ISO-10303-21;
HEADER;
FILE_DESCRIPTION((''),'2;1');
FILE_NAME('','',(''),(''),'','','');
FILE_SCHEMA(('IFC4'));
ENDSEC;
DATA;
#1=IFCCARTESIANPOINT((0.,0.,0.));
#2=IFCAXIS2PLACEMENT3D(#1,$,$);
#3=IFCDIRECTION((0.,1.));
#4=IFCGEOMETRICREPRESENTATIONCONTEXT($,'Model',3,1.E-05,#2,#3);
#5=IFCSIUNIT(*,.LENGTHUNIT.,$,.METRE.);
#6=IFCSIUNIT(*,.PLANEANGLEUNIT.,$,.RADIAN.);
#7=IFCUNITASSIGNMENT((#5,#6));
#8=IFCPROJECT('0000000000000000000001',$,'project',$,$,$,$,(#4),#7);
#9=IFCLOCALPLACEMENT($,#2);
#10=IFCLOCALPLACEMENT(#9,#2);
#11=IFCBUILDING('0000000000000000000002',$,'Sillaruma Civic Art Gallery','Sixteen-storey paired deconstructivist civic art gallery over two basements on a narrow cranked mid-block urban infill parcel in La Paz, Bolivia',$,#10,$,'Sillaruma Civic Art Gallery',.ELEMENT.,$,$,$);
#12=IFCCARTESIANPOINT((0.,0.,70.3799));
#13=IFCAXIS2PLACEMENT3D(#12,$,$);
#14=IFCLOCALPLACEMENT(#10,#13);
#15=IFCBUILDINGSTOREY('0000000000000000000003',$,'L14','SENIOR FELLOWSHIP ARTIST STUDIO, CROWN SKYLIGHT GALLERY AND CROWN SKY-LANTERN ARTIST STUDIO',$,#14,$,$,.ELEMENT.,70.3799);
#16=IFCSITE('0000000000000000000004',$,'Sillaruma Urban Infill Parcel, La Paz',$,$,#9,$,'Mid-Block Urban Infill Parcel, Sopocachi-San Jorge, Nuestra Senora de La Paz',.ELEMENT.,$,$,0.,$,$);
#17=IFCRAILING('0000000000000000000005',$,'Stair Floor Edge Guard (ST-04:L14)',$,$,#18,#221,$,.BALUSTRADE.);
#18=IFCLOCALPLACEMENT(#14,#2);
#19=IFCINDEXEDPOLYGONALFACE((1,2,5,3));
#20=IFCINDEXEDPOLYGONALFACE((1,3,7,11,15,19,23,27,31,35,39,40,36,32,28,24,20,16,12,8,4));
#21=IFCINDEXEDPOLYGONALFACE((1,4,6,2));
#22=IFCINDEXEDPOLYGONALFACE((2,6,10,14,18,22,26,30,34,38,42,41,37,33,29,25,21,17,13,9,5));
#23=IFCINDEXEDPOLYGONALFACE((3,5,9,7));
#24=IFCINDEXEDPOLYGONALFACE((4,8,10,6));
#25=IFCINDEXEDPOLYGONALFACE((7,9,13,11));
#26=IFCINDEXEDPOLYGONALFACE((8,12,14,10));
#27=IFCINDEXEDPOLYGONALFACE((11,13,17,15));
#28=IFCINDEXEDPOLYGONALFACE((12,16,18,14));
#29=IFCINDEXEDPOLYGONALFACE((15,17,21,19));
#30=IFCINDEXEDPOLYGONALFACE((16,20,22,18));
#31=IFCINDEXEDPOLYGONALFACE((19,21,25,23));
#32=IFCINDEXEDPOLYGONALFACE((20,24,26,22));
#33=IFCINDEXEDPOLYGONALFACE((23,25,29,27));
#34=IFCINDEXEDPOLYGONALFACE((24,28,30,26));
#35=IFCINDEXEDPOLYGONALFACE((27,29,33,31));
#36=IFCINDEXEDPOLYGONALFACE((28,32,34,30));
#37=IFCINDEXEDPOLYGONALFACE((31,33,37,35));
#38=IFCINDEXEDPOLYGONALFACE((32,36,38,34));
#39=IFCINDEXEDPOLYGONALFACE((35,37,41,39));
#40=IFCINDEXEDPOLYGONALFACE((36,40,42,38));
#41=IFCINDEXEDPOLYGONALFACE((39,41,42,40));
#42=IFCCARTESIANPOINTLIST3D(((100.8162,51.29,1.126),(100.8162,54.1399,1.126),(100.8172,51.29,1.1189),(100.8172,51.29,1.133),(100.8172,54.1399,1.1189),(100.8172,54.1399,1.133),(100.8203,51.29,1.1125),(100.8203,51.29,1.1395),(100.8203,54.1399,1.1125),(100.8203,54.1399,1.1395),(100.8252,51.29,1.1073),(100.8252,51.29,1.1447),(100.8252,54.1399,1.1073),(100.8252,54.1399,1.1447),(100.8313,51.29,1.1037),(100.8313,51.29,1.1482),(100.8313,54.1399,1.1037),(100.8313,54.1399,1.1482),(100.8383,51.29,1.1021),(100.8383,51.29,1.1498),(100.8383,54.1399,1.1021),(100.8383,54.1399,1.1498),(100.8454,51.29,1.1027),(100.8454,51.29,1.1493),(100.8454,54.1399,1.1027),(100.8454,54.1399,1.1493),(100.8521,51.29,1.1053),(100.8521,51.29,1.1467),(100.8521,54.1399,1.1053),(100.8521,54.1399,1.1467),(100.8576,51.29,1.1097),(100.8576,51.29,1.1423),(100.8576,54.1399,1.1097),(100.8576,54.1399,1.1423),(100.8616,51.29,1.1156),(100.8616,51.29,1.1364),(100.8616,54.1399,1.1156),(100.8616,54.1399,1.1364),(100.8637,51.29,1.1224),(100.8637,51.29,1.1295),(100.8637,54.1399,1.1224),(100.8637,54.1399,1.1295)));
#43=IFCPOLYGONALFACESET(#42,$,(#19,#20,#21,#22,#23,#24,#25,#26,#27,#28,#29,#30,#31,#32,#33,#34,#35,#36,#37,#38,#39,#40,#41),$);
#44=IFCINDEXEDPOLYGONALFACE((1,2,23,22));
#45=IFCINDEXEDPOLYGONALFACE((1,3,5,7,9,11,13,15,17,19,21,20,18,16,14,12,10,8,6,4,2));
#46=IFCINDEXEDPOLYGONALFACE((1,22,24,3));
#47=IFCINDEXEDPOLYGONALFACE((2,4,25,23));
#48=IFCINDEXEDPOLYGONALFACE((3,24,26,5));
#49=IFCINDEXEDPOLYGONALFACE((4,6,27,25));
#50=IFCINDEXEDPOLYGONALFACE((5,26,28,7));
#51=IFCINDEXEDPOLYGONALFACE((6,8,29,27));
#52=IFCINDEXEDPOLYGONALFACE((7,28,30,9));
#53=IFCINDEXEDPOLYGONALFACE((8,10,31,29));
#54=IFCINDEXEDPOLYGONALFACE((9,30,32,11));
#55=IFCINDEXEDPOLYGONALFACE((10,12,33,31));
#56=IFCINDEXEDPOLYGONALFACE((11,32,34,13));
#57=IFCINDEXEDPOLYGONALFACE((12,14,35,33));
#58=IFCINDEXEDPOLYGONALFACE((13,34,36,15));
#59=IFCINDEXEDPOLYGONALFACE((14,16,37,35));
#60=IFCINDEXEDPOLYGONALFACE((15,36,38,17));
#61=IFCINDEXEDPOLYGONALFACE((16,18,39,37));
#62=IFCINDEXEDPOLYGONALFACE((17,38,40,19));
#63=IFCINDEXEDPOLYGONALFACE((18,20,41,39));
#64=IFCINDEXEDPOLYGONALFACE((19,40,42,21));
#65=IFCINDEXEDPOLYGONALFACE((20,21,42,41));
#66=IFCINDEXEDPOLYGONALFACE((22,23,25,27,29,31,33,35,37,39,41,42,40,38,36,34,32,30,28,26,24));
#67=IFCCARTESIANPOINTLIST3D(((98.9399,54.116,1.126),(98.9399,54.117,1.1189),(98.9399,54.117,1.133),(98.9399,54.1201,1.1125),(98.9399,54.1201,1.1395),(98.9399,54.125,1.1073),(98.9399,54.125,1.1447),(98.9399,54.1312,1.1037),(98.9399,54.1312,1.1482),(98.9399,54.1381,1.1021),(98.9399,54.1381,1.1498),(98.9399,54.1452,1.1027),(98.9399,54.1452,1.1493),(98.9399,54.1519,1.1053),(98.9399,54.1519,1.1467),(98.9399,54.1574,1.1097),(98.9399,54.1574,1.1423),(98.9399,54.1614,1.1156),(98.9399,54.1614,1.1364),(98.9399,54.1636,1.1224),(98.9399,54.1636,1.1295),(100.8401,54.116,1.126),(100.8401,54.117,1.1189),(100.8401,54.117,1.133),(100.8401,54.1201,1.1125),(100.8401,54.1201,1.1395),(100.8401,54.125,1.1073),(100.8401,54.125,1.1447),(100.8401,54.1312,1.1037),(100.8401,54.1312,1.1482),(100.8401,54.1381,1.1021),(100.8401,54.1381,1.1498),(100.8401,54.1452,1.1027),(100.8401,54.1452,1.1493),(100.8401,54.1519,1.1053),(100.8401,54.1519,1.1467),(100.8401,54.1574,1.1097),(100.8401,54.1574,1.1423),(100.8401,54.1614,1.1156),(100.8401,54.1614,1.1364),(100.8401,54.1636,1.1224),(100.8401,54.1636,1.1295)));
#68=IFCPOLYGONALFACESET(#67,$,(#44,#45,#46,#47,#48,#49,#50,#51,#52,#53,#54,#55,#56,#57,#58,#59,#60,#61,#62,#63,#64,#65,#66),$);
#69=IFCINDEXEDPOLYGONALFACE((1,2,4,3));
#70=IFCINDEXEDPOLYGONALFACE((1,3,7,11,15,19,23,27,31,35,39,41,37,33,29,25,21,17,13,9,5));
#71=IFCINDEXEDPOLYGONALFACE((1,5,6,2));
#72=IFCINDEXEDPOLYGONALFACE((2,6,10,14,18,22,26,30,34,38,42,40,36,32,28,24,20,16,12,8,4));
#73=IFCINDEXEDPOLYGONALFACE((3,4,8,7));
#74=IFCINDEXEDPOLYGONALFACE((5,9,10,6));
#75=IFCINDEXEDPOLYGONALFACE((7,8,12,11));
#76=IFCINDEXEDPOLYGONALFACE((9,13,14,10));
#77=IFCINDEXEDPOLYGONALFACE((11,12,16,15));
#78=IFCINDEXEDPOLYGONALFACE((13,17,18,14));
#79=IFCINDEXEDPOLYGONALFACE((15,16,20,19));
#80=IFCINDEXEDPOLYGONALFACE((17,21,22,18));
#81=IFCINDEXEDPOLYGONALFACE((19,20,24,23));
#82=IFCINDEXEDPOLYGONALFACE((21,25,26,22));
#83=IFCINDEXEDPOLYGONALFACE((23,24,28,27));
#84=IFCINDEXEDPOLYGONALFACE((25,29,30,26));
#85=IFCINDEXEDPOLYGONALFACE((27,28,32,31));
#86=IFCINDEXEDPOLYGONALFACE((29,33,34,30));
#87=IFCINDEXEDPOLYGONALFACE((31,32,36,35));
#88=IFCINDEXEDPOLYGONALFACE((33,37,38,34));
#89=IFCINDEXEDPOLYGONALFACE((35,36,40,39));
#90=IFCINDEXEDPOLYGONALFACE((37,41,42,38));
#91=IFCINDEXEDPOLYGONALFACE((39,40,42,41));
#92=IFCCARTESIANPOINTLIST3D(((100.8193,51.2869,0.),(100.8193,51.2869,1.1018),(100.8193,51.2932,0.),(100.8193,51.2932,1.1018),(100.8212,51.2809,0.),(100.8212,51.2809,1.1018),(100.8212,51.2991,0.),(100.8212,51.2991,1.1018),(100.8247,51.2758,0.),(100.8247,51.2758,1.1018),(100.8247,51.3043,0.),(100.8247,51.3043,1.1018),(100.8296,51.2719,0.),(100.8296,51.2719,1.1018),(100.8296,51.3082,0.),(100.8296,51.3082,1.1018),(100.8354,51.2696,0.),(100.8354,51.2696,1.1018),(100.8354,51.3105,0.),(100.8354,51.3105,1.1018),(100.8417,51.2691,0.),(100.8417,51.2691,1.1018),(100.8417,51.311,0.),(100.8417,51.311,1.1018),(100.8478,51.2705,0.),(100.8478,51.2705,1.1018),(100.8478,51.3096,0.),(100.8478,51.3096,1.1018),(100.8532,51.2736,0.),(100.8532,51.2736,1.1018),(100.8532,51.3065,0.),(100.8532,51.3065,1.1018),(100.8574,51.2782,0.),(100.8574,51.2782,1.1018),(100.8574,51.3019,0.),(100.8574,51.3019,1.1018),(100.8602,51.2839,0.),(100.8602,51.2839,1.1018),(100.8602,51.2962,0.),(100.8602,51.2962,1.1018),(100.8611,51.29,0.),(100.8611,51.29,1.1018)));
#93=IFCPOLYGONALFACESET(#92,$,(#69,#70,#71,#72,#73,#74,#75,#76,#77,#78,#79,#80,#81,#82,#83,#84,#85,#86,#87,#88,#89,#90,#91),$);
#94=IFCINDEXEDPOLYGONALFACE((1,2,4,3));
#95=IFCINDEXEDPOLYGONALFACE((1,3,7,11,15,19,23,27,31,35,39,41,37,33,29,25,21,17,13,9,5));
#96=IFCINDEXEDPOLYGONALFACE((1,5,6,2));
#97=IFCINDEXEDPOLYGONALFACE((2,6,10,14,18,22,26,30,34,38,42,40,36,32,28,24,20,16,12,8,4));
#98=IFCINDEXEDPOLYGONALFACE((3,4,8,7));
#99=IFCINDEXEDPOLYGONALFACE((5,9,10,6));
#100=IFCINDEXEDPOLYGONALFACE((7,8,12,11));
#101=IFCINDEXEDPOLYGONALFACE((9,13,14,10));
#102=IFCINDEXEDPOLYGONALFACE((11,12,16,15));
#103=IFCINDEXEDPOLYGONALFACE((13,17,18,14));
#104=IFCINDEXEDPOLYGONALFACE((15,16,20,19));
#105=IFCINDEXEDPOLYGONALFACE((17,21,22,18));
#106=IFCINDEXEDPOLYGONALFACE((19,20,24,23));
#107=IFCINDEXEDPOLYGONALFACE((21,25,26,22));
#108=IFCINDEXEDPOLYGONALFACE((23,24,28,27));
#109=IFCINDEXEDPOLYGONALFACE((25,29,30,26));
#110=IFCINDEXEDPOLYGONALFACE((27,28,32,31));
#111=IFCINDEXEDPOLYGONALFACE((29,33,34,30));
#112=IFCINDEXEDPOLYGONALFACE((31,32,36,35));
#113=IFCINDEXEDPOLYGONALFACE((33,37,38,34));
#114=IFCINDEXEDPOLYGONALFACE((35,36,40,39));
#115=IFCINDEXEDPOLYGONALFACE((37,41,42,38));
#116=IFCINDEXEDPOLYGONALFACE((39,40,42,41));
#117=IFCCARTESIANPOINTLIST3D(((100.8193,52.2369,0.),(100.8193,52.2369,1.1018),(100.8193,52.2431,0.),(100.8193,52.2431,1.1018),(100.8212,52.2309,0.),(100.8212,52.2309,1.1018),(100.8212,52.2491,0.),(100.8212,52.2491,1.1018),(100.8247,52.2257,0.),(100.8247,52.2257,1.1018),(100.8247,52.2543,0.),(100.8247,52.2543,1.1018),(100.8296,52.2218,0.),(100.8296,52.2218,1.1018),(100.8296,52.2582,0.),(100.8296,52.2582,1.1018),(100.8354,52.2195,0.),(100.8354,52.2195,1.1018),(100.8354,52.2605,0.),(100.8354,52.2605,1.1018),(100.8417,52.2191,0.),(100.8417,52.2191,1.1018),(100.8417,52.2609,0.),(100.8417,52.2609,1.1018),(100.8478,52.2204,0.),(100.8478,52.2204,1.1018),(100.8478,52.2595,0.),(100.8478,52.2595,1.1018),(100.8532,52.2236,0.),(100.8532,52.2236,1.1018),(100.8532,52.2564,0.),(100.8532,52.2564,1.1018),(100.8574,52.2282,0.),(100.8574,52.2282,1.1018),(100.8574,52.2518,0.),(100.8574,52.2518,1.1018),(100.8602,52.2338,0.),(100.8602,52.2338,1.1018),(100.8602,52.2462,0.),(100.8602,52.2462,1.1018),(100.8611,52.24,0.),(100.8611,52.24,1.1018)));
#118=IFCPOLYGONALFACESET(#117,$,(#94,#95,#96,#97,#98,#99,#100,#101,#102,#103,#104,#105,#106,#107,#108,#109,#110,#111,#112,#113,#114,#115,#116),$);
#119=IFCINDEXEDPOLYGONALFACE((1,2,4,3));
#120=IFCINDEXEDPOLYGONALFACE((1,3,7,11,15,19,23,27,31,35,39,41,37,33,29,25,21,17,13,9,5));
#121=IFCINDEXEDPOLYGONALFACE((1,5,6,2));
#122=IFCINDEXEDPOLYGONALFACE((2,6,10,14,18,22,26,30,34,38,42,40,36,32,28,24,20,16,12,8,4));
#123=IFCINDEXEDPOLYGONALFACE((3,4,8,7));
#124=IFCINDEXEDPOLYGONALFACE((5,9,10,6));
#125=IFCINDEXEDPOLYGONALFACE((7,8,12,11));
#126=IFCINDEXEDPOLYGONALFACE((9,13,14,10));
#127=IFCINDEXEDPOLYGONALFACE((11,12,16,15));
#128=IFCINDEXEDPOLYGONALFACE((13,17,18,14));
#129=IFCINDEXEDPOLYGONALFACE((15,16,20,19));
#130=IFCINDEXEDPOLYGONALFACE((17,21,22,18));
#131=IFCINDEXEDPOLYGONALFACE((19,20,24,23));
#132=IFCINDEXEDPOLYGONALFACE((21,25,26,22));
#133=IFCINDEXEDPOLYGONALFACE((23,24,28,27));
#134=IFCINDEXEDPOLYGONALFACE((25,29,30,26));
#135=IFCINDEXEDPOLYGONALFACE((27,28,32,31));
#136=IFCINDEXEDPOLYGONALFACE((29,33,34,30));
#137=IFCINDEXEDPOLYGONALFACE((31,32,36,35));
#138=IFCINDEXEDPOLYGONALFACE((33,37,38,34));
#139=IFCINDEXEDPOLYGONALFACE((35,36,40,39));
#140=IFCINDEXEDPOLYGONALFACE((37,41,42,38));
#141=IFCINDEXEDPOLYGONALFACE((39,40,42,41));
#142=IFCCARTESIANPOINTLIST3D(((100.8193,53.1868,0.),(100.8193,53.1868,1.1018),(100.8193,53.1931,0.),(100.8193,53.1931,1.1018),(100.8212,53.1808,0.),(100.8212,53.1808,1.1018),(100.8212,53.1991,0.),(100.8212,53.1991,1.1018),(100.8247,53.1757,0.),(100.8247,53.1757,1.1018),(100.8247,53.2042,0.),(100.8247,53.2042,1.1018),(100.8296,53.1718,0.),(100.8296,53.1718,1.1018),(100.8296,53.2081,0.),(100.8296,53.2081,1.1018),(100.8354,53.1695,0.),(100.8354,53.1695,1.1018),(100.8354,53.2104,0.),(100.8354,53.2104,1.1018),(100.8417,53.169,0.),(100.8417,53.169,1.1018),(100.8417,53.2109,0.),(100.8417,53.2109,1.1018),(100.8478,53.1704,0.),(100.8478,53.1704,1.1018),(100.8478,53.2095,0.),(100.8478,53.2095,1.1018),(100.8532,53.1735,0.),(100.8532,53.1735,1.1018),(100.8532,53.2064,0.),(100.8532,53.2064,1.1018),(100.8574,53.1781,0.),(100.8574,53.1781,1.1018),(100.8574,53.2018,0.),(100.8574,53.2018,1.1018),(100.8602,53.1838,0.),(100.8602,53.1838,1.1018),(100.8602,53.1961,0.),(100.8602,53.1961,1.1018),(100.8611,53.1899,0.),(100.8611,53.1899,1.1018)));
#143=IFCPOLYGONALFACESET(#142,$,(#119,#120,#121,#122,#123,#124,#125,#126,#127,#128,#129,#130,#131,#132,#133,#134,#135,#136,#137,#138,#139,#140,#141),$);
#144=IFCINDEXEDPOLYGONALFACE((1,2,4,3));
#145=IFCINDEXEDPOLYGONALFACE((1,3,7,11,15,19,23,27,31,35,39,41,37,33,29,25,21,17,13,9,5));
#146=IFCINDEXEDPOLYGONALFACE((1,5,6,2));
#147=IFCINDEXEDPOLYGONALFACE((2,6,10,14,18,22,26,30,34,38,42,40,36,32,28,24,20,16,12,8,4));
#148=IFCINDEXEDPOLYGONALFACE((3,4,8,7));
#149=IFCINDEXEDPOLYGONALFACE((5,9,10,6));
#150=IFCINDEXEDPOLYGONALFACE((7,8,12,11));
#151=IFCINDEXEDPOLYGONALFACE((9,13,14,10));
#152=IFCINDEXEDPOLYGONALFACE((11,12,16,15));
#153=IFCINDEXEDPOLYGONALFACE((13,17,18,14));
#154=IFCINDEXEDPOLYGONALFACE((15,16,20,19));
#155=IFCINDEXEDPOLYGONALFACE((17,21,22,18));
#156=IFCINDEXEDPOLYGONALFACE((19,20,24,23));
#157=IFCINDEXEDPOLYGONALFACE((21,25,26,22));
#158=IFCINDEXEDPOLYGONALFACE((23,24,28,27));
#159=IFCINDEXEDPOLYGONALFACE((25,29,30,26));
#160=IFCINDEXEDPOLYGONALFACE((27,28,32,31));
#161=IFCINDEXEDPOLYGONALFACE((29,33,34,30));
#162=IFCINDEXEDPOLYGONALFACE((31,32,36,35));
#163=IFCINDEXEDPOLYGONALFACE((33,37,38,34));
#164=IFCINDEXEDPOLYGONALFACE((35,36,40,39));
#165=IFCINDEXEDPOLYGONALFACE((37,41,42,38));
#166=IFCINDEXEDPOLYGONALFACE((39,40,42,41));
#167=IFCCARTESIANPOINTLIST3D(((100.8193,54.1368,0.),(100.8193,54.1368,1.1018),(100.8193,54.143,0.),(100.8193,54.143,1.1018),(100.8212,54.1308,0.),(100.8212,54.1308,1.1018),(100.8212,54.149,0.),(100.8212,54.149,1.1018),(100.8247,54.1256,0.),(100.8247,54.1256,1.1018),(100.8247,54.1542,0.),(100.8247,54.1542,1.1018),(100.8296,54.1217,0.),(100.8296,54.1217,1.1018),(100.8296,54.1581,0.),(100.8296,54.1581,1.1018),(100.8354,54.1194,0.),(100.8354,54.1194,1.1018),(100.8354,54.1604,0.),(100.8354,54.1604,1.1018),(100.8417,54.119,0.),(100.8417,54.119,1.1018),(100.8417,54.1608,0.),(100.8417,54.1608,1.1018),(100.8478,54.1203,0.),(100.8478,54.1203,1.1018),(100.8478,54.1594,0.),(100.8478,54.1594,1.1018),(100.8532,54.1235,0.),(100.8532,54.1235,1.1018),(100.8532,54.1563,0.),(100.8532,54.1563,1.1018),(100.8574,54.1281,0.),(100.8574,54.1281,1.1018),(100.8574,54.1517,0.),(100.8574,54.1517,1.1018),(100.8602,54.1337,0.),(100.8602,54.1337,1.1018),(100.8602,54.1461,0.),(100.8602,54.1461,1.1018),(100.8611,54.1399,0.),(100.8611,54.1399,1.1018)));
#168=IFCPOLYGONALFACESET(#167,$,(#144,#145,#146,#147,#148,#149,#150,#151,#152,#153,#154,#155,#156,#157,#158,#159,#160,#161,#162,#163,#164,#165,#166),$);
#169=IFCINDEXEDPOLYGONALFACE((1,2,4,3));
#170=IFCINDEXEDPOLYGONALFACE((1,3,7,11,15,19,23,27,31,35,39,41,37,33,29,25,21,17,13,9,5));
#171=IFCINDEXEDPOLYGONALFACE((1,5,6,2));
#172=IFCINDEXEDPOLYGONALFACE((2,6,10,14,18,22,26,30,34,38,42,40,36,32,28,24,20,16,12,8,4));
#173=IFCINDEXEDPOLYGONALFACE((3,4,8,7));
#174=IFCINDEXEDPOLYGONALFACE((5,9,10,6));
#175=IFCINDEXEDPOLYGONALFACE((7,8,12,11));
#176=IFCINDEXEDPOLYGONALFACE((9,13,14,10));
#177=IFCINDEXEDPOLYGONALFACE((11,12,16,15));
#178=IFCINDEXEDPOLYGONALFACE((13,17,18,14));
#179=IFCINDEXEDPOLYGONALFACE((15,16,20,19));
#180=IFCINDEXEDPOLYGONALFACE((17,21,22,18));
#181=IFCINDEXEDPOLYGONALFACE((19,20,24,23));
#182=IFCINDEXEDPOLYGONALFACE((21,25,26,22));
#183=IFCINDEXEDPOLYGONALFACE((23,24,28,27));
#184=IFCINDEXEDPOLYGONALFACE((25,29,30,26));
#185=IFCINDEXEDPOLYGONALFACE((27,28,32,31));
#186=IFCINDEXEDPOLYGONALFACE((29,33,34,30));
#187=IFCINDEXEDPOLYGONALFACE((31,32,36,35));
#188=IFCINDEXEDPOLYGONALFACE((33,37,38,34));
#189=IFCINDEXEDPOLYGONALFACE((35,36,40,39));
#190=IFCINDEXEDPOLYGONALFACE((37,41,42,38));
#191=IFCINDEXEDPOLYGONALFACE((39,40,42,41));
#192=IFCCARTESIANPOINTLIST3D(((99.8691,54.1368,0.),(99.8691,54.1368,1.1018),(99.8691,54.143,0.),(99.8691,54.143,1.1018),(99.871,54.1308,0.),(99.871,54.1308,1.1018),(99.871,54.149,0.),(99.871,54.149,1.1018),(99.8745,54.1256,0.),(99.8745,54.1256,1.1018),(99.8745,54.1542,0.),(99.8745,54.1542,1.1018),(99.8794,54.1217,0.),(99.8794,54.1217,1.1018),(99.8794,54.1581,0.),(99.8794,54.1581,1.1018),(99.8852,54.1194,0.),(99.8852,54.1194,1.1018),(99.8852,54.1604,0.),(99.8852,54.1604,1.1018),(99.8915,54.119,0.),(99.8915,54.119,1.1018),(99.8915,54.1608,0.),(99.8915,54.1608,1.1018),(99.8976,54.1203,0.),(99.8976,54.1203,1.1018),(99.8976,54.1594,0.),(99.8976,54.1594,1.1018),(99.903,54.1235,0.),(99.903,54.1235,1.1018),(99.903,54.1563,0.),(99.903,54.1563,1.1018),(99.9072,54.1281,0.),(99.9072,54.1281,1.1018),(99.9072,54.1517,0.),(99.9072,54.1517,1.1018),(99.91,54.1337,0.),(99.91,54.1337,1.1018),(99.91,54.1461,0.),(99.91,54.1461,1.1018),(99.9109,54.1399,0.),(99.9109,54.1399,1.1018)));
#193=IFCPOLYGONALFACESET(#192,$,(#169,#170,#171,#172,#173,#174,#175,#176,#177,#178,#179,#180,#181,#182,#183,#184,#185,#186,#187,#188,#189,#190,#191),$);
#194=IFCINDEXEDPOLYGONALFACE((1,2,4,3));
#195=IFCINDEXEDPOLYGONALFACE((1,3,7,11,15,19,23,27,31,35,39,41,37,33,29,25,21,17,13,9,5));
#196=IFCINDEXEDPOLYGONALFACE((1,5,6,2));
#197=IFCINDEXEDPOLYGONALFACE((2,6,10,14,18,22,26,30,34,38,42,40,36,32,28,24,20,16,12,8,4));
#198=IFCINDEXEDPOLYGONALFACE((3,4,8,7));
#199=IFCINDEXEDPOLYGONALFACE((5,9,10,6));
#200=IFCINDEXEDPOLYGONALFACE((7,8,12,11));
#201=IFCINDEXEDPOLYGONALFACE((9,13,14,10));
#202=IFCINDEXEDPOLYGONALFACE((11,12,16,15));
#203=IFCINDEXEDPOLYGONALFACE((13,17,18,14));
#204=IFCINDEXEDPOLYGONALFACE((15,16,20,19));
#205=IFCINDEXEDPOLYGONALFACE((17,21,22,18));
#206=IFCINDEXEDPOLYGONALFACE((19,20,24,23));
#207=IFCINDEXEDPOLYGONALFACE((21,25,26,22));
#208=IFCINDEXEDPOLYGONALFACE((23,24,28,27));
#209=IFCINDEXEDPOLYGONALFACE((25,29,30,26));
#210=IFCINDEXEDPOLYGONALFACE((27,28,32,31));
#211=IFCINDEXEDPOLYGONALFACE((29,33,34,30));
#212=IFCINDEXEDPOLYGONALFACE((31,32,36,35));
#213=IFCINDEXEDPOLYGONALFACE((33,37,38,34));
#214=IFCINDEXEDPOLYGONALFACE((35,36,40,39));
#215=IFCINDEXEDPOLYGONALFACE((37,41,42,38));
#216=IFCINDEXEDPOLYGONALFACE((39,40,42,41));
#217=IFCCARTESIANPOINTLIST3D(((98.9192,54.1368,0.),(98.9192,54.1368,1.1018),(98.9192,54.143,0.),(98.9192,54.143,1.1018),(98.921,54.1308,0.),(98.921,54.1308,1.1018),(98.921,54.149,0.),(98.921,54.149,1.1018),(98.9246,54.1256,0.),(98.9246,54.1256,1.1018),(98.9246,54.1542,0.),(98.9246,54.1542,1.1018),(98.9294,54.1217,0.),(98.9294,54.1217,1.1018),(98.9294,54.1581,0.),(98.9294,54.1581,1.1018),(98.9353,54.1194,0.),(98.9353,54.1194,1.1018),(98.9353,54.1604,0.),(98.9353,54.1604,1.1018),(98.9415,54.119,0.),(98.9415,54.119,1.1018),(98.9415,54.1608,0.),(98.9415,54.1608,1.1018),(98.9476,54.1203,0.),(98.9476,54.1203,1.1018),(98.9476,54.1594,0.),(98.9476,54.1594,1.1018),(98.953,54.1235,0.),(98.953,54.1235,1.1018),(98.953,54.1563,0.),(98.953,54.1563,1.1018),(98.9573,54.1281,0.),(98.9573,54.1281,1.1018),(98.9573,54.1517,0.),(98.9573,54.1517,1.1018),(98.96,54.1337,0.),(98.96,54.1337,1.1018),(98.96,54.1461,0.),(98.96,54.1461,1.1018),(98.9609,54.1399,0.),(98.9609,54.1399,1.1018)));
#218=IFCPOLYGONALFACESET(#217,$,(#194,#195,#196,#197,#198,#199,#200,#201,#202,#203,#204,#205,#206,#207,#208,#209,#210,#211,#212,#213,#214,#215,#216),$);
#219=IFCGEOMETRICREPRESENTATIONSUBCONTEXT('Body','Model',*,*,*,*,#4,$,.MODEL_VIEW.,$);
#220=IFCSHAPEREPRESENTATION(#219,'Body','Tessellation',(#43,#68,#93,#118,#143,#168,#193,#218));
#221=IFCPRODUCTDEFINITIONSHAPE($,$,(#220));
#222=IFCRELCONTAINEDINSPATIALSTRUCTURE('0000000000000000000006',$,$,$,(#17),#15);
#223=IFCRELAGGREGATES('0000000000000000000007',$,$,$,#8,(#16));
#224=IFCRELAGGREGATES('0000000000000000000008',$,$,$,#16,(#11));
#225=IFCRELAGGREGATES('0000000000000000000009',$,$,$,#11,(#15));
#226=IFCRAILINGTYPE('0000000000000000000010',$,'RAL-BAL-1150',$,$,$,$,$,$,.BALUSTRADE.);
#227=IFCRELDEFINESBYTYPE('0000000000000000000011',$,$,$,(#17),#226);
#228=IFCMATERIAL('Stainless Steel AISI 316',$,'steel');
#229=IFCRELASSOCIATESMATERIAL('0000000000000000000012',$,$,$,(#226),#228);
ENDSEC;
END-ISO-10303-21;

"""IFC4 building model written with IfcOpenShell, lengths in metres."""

from ifc_helpers import new_model, si_unit, direction, frame, origin, origin_2d, place, context, subcontext, project, spatial, circle, extrude, material, type_object, element, save


model = new_model("IFC4")

# Units and contexts
model_context = context("Model", 3, precision=1e-05, world=origin(), true_north=direction((0.0, 1.0)))
body_context = subcontext(model_context, "Body", "Model", "MODEL_VIEW")
ifc_project = project(units=[si_unit("LENGTHUNIT", "METRE"), si_unit("PLANEANGLEUNIT", "RADIAN")], contexts=[model_context])

# Site, building, storey
site_placement = place(None, origin())
site = spatial("IfcSite", under=ifc_project, at=site_placement, Name="Sillaruma Urban Infill Parcel, La Paz", LongName="Mid-Block Urban Infill Parcel, Sopocachi-San Jorge, Nuestra Senora de La Paz", CompositionType="ELEMENT", RefElevation=0.0)
building_placement = place(site_placement, origin())
building = spatial("IfcBuilding", under=site, at=building_placement, Name="Sillaruma Civic Art Gallery", Description="Sixteen-storey paired deconstructivist civic art gallery over two basements on a narrow cranked mid-block urban infill parcel in La Paz, Bolivia", LongName="Sillaruma Civic Art Gallery", CompositionType="ELEMENT")
storey_placement = place(building_placement, frame((0.0, 0.0, 70.3799)))
storey = spatial("IfcBuildingStorey", under=building, at=storey_placement, Name="L14", Description="SENIOR FELLOWSHIP ARTIST STUDIO, CROWN SKYLIGHT GALLERY AND CROWN SKY-LANTERN ARTIST STUDIO", CompositionType="ELEMENT", Elevation=70.3799)

# Railing
ifc_material_1 = material(Name="Stainless Steel AISI 316", Category="steel")
railing_type = type_object("IfcRailingType", Name="RAL-BAL-1150", PredefinedType="BALUSTRADE", material=ifc_material_1)
railing_placement = place(storey_placement, frame((100.8401, 51.29, 0.0)))
element("IfcRailing", 1, at=railing_placement, inside=storey, type_object=railing_type, Name="Stair Floor Edge Guard (ST-04:L14)", PredefinedType="BALUSTRADE", context=body_context, shape_type="SweptSolid", body=[
    extrude(circle(Radius=0.0239, at=origin_2d()), frame((0.0, 0.0, 1.126), z_axis=(0.0, 1.0, 0.0), x_axis=(-1.0, 0.0, 0.0)), (0.0, 0.0, 1.0), 2.8499),
    extrude(circle(Radius=0.0239, at=origin_2d()), frame((0.0, 2.8499, 1.126), z_axis=(-1.0, 0.0, 0.0), x_axis=(0.0, -1.0, 0.0)), (0.0, 0.0, 1.0), 1.9001),
    extrude(circle(Radius=0.021, at=origin_2d()), origin(), (0.0, 0.0, 1.0), 1.1018),
    extrude(circle(Radius=0.021, at=origin_2d()), frame((0.0, 0.95, 0.0)), (0.0, 0.0, 1.0), 1.1018),
    extrude(circle(Radius=0.021, at=origin_2d()), frame((0.0, 1.8999, 0.0)), (0.0, 0.0, 1.0), 1.1018),
    extrude(circle(Radius=0.021, at=origin_2d()), frame((0.0, 2.8499, 0.0)), (0.0, 0.0, 1.0), 1.1018),
    extrude(circle(Radius=0.021, at=origin_2d()), frame((-0.9502, 2.8499, 0.0)), (0.0, 0.0, 1.0), 1.1018),
    extrude(circle(Radius=0.021, at=origin_2d()), frame((-1.9001, 2.8499, 0.0)), (0.0, 0.0, 1.0), 1.1018),
])

save(model, "model.ifc")
